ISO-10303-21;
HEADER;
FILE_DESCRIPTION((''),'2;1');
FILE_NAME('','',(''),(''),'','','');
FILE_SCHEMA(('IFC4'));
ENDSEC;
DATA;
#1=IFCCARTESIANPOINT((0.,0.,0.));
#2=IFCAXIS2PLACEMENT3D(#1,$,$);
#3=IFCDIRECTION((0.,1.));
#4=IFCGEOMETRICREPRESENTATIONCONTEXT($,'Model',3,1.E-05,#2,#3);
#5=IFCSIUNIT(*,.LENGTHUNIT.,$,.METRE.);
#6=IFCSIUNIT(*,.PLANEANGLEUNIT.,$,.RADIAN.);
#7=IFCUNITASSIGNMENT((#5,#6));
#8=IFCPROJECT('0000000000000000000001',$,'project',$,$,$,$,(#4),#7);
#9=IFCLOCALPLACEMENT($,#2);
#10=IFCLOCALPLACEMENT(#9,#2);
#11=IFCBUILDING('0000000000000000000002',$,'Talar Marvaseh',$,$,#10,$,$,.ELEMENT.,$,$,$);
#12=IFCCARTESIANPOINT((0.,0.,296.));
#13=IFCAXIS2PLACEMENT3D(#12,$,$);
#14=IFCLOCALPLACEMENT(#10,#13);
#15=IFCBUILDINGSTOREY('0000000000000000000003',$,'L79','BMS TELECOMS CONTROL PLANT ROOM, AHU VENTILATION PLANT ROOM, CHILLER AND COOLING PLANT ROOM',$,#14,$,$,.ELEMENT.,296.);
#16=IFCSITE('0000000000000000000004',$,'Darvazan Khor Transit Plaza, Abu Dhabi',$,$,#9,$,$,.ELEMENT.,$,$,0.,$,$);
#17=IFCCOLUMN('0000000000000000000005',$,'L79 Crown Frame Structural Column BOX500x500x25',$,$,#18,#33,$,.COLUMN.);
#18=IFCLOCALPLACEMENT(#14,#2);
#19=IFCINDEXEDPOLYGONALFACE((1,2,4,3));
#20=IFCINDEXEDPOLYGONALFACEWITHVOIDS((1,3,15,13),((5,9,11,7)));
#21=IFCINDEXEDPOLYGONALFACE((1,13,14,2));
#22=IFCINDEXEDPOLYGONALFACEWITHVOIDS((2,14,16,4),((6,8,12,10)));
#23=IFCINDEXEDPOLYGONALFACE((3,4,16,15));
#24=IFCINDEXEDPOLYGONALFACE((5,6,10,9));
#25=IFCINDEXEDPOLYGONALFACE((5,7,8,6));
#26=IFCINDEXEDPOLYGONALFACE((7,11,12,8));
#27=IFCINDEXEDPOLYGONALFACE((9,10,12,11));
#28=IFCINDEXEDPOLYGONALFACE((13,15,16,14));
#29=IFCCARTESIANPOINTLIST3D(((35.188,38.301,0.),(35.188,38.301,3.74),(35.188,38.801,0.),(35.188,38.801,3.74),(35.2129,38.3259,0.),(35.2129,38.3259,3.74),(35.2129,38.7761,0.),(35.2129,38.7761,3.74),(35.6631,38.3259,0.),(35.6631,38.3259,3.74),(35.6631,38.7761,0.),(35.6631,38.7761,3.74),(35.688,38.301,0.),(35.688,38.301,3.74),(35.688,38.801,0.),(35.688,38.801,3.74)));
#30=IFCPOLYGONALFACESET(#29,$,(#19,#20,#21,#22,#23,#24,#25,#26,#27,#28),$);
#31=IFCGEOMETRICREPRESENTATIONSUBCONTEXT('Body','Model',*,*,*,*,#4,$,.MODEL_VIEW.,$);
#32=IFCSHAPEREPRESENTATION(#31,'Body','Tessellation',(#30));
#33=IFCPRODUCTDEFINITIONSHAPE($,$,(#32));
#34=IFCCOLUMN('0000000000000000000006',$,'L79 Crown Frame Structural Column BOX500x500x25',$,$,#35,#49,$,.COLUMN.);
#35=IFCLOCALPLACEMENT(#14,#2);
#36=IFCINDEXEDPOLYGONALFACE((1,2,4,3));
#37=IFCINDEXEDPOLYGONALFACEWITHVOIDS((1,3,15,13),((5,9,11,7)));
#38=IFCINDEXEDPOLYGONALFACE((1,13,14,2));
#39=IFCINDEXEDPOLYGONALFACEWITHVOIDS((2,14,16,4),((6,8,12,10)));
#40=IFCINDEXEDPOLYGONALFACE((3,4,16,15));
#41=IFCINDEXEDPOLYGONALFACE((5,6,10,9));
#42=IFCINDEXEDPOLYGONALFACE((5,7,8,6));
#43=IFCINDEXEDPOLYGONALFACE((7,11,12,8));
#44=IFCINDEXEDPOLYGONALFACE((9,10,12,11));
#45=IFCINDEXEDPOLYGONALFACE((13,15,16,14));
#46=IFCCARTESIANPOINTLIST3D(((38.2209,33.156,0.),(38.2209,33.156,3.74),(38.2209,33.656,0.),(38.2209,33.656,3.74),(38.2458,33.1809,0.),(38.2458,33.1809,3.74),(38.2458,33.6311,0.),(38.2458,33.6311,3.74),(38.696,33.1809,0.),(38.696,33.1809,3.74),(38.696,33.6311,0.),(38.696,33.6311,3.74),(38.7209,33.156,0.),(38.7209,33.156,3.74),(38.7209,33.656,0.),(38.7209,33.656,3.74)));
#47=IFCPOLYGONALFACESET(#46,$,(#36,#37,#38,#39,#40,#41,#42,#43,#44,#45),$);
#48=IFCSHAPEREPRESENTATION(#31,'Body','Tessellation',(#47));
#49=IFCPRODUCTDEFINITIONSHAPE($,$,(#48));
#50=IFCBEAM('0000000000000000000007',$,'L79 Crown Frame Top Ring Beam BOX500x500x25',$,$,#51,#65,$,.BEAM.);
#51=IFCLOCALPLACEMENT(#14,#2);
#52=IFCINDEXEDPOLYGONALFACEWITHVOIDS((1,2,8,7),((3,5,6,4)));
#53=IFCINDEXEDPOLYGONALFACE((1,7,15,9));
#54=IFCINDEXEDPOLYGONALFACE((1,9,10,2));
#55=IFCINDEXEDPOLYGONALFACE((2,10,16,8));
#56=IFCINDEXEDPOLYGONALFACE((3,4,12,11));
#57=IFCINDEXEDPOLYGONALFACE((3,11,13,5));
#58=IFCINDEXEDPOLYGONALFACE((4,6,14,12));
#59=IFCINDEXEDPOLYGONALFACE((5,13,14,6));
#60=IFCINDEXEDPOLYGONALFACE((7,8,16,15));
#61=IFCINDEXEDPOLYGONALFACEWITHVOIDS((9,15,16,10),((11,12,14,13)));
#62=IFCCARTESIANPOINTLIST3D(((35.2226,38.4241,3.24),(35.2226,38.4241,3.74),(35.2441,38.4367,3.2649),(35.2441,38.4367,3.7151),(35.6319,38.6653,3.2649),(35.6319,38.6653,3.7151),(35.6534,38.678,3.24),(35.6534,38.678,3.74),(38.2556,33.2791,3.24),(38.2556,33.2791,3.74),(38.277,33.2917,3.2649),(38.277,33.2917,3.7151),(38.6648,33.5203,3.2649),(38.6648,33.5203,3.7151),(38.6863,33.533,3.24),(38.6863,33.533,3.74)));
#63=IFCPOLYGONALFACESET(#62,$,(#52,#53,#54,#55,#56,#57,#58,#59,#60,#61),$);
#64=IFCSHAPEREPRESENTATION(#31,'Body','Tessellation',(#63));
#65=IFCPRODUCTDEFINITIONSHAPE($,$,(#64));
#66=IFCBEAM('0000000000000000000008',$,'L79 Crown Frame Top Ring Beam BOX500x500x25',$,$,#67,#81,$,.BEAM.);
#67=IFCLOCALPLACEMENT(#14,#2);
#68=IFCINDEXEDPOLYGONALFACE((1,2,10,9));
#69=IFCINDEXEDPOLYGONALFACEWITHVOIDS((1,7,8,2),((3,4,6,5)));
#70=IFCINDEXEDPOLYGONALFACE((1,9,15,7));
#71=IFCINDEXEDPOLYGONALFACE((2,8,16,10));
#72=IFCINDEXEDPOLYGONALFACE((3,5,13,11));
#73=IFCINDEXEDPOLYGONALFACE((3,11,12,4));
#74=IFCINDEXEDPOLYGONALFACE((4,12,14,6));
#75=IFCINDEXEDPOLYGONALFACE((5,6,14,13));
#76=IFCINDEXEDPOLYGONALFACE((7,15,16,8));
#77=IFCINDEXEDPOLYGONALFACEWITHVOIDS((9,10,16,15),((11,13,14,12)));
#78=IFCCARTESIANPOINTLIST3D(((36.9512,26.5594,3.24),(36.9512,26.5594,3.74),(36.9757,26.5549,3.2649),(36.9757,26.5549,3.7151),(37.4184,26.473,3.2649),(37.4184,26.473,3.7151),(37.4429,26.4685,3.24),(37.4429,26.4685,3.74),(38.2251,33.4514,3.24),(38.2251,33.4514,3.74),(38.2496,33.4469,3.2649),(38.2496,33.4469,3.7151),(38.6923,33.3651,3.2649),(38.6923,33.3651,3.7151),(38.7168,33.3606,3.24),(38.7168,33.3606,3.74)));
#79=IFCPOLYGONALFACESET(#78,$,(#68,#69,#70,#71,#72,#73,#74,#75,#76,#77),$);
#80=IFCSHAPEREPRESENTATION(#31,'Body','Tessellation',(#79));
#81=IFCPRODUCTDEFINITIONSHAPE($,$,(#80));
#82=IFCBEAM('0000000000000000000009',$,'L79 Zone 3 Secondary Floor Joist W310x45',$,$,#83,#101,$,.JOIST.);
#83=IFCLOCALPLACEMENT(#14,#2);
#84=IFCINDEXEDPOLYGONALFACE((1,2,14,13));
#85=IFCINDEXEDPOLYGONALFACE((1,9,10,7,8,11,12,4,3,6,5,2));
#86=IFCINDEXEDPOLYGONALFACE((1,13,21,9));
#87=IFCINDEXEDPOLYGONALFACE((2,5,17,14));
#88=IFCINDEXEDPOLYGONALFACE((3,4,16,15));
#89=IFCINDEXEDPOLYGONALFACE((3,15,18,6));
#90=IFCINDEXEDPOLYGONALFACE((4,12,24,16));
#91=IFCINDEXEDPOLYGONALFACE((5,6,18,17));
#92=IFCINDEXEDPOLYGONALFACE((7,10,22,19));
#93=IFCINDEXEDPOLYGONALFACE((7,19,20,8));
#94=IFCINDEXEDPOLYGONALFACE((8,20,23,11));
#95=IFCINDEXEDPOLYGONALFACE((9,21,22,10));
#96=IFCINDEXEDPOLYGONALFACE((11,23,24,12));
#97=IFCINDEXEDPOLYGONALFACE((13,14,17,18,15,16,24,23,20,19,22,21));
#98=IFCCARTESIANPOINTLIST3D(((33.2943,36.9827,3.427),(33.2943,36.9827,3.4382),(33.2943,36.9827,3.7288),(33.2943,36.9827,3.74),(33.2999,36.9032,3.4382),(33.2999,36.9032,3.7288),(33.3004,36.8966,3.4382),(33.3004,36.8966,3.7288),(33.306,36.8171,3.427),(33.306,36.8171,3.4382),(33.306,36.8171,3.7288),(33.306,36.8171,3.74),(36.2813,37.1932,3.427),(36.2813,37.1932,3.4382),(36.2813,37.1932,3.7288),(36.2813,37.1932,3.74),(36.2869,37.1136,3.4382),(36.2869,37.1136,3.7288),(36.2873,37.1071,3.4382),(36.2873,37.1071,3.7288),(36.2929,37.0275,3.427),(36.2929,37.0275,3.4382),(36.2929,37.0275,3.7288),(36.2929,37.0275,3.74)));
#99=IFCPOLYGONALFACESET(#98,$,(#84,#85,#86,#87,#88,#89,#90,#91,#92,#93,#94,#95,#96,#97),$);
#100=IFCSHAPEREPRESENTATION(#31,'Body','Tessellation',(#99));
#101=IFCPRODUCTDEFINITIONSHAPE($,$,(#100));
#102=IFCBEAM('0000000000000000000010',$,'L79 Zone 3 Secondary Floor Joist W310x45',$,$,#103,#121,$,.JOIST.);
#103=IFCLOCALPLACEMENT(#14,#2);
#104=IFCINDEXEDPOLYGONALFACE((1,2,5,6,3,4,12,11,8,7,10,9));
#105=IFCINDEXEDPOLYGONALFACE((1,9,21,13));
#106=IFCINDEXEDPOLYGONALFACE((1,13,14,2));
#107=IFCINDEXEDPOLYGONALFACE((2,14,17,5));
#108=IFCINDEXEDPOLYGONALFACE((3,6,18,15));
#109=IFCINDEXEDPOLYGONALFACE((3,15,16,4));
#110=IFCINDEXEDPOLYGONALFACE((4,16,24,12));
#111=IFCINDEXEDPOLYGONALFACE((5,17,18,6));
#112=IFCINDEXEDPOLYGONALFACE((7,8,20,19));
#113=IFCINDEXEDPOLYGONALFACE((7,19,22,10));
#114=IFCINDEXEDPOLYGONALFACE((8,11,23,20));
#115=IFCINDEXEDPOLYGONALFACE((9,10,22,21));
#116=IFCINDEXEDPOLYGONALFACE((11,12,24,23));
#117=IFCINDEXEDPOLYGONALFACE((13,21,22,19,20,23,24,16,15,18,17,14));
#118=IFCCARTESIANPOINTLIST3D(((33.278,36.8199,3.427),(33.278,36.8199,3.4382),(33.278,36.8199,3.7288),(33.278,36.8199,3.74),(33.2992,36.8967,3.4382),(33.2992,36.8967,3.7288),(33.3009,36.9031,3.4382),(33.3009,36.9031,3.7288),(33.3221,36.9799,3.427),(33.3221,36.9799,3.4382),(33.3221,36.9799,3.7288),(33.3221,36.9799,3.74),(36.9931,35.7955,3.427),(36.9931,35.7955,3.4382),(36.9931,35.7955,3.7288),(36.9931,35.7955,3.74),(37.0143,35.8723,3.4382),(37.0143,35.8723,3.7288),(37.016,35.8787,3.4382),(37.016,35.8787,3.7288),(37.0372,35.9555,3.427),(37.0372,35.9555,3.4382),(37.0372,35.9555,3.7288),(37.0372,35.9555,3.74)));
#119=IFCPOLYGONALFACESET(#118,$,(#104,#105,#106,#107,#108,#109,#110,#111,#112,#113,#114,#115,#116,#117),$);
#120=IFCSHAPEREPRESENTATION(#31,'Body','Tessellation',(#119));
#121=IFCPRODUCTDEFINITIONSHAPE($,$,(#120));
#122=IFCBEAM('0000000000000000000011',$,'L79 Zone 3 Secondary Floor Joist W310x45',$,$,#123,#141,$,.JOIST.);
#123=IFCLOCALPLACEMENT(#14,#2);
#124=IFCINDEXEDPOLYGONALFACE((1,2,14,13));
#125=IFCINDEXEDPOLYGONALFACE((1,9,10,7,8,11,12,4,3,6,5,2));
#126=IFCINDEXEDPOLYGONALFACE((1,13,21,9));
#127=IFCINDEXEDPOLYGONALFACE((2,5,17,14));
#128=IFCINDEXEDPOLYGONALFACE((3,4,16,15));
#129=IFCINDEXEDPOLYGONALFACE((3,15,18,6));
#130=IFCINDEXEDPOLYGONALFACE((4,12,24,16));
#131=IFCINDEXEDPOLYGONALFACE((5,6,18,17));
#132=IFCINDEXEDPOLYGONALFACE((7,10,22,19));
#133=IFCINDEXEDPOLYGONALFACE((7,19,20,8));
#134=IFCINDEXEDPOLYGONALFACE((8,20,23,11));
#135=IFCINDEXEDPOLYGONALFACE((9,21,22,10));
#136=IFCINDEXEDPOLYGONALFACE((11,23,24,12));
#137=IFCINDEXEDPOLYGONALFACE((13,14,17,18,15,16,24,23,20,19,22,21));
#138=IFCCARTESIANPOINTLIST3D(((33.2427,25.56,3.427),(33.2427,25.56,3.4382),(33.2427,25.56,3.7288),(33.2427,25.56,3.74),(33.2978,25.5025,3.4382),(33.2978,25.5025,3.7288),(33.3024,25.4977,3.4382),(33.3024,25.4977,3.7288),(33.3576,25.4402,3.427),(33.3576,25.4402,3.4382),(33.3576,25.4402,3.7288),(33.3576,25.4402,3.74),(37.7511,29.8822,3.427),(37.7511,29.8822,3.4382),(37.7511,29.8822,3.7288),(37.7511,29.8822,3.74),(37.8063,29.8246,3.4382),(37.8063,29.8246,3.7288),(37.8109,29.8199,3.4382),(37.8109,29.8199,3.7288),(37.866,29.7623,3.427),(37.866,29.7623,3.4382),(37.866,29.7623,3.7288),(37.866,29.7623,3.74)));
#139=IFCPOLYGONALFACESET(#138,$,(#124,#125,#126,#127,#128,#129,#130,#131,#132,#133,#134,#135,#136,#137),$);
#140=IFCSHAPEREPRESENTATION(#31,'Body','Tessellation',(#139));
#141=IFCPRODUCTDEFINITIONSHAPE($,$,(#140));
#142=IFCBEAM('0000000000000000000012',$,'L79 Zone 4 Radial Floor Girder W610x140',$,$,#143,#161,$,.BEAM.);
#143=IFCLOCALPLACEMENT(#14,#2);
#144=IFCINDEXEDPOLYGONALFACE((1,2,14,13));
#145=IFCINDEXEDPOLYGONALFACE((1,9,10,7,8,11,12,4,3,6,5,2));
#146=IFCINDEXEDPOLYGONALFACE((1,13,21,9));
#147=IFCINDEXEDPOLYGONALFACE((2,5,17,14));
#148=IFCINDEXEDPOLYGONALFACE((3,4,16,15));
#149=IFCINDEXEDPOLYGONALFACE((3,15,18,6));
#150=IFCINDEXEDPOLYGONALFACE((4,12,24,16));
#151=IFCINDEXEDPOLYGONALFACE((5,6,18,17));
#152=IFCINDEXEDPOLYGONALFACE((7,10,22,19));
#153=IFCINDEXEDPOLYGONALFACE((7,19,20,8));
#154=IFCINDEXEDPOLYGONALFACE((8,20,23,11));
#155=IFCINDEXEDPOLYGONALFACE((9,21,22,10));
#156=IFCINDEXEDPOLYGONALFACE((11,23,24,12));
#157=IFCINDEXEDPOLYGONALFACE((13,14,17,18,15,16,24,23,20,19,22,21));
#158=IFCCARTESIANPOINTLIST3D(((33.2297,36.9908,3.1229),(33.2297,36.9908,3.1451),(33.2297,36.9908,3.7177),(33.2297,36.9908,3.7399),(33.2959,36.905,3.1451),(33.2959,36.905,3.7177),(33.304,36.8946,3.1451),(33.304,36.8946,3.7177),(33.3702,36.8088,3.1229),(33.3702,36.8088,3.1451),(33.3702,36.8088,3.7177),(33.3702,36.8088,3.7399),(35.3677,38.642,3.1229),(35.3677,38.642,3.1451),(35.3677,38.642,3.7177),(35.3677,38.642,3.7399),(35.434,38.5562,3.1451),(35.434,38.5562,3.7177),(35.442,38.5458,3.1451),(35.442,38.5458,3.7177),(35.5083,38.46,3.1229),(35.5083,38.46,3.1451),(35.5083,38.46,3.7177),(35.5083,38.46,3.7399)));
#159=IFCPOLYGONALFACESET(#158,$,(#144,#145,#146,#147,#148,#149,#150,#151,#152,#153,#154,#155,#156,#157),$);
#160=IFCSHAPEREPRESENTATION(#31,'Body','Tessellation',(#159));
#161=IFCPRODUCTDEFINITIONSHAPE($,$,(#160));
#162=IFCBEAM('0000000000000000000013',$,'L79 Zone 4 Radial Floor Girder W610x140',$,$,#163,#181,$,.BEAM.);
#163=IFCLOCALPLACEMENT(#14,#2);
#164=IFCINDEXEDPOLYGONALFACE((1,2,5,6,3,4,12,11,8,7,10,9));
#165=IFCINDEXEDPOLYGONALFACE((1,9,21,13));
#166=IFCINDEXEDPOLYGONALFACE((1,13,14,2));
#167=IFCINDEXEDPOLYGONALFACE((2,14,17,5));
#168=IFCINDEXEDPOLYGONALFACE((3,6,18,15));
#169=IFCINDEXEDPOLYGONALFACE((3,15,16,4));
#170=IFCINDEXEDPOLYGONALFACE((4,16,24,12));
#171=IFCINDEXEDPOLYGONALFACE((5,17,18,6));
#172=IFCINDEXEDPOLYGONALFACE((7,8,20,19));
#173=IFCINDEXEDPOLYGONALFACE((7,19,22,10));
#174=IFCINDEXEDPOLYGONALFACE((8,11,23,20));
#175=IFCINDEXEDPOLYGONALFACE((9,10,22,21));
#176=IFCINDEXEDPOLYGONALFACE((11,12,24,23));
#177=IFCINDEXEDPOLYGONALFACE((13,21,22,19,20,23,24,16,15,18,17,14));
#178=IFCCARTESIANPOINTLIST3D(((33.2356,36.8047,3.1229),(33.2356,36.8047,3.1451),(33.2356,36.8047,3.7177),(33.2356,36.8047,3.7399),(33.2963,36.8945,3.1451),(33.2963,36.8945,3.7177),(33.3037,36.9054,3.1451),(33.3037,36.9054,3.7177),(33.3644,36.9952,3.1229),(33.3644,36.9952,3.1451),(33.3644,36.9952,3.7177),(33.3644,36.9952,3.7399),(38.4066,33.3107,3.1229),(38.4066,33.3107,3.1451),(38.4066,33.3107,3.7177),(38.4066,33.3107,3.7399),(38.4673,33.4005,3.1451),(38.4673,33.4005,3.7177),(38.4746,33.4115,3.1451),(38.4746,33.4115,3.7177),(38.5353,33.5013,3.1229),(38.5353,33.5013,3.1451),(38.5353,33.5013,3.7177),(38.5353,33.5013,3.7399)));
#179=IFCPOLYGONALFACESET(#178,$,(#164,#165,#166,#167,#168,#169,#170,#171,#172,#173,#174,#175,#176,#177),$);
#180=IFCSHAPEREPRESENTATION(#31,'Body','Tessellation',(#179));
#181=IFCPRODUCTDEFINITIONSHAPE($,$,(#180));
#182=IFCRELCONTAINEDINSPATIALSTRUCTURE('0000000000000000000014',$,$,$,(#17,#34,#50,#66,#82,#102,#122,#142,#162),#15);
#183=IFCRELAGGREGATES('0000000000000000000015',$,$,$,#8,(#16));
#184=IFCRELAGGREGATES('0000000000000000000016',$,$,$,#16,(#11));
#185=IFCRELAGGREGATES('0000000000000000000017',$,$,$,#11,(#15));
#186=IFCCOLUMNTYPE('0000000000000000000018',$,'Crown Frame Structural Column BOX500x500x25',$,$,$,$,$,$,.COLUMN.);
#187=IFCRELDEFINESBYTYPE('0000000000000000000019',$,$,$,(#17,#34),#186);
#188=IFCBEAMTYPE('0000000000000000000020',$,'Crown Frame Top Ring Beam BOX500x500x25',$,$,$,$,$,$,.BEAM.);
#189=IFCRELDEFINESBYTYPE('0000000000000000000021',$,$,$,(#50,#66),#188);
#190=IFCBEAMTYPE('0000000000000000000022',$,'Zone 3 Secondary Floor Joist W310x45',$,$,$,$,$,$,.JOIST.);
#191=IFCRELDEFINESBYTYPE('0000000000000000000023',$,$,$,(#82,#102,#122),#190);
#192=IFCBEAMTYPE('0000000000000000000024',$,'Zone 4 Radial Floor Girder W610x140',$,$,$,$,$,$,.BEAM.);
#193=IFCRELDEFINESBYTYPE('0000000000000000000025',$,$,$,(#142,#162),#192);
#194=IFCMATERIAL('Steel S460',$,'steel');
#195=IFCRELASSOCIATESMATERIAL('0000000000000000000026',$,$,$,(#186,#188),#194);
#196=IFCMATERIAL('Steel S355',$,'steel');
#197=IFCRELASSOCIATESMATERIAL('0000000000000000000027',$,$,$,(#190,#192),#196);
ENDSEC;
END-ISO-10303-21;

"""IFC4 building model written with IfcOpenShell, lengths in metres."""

from ifc_helpers import new_model, si_unit, direction, frame, origin, origin_2d, place, context, subcontext, project, spatial, hollow_rectangle, i_section, extrude, material, material_profile, profile_set, type_object, element, save


model = new_model("IFC4")

# Units and contexts
model_context = context("Model", 3, precision=1e-05, world=origin(), true_north=direction((0.0, 1.0)))
body_context = subcontext(model_context, "Body", "Model", "MODEL_VIEW")
ifc_project = project(units=[si_unit("LENGTHUNIT", "METRE"), si_unit("PLANEANGLEUNIT", "RADIAN")], contexts=[model_context])

# Site, building, storey
site_placement = place(None, origin())
site = spatial("IfcSite", under=ifc_project, at=site_placement, Name="Darvazan Khor Transit Plaza, Abu Dhabi", CompositionType="ELEMENT", RefElevation=0.0)
building_placement = place(site_placement, origin())
building = spatial("IfcBuilding", under=site, at=building_placement, Name="Talar Marvaseh", CompositionType="ELEMENT")
storey_placement = place(building_placement, frame((0.0, 0.0, 296.0)))
storey = spatial("IfcBuildingStorey", under=building, at=storey_placement, Name="L79", Description="BMS TELECOMS CONTROL PLANT ROOM, AHU VENTILATION PLANT ROOM, CHILLER AND COOLING PLANT ROOM", CompositionType="ELEMENT", Elevation=296.0)

# Columns
ifc_material_1 = material(Name="Steel S460", Category="steel")
ifc_material_profile_1 = material_profile(ifc_material_1, hollow_rectangle(XDim=0.5, YDim=0.5, WallThickness=0.0249, at=origin_2d()), Name="BOX500x500x25")
ifc_profile_set_1 = profile_set([ifc_material_profile_1], Name="Steel S460")
column_type = type_object("IfcColumnType", Name="Crown Frame Structural Column BOX500x500x25", PredefinedType="COLUMN", material=ifc_profile_set_1)
for number, where, z_axis, x_axis, name in (
    (1, (35.438, 38.551, 0.0), (0.0, 0.0, 1.0), (1.0, 0.0, 0.0), "L79 Crown Frame Structural Column BOX500x500x25"),
    (2, (38.4709, 33.406, 0.0), (0.0, 0.0, 1.0), (1.0, 0.0, 0.0), "L79 Crown Frame Structural Column BOX500x500x25"),
):
    element("IfcColumn", number, at=place(storey_placement, frame(where, z_axis=z_axis, x_axis=x_axis)), inside=storey, type_object=column_type, Name=name, PredefinedType="COLUMN", context=body_context, shape_type="SweptSolid", body=[
        extrude(hollow_rectangle(XDim=0.5, YDim=0.5, WallThickness=0.0249, at=origin_2d()), origin(), (0.0, 0.0, 1.0), 3.74),
    ])

# Beams
ifc_material_profile_2 = material_profile(ifc_material_1, hollow_rectangle(XDim=0.5, YDim=0.5, WallThickness=0.0249, at=origin_2d()), Name="BOX500x500x25")
ifc_profile_set_2 = profile_set([ifc_material_profile_2], Name="Steel S460")
beam_type_1 = type_object("IfcBeamType", Name="Crown Frame Top Ring Beam BOX500x500x25", PredefinedType="BEAM", material=ifc_profile_set_2)
beam_1_placement = place(storey_placement, frame((35.438, 38.551, 3.49), z_axis=(0.507826, -0.86146, 0.0), x_axis=(0.86146, 0.507826, 0.0)))
element("IfcBeam", 3, at=beam_1_placement, inside=storey, type_object=beam_type_1, Name="L79 Crown Frame Top Ring Beam BOX500x500x25", PredefinedType="BEAM", context=body_context, shape_type="SweptSolid", body=[
    extrude(hollow_rectangle(XDim=0.5, YDim=0.5, WallThickness=0.0249, at=origin_2d()), origin(), (0.0, 0.0, 1.0), 5.9724),
])
beam_2_placement = place(storey_placement, frame((38.4709, 33.406, 3.49), z_axis=(-0.18176, -0.983343, 0.0), x_axis=(0.983343, -0.18176, 0.0)))
element("IfcBeam", 4, at=beam_2_placement, inside=storey, type_object=beam_type_1, Name="L79 Crown Frame Top Ring Beam BOX500x500x25", PredefinedType="BEAM", context=body_context, shape_type="SweptSolid", body=[
    extrude(hollow_rectangle(XDim=0.5, YDim=0.5, WallThickness=0.0249, at=origin_2d()), origin(), (0.0, 0.0, 1.0), 7.0088),
])
ifc_material_2 = material(Name="Steel S355", Category="steel")
ifc_material_profile_3 = material_profile(ifc_material_2, i_section(OverallWidth=0.166, OverallDepth=0.313, WebThickness=0.0066, FlangeThickness=0.0112, at=origin_2d()), Name="W310x45")
ifc_profile_set_3 = profile_set([ifc_material_profile_3], Name="Steel S355")
beam_type_2 = type_object("IfcBeamType", Name="Zone 3 Secondary Floor Joist W310x45", PredefinedType="JOIST", material=ifc_profile_set_3)
beam_3_placement = place(storey_placement, frame((36.2871, 37.1104, 3.5835), z_axis=(-0.997527, -0.070279, 0.0), x_axis=(0.070279, -0.997527, 0.0)))
element("IfcBeam", 5, at=beam_3_placement, inside=storey, type_object=beam_type_2, Name="L79 Zone 3 Secondary Floor Joist W310x45", PredefinedType="JOIST", context=body_context, shape_type="SweptSolid", body=[
    extrude(i_section(OverallWidth=0.166, OverallDepth=0.313, WebThickness=0.0066, FlangeThickness=0.0112, at=origin_2d()), origin(), (0.0, 0.0, 1.0), 2.9944),
])
beam_4_placement = place(storey_placement, frame((37.0151, 35.8755, 3.5835), z_axis=(-0.964022, 0.265823, 0.0), x_axis=(-0.265823, -0.964022, 0.0)))
element("IfcBeam", 6, at=beam_4_placement, inside=storey, type_object=beam_type_2, Name="L79 Zone 3 Secondary Floor Joist W310x45", PredefinedType="JOIST", context=body_context, shape_type="SweptSolid", body=[
    extrude(i_section(OverallWidth=0.166, OverallDepth=0.313, WebThickness=0.0066, FlangeThickness=0.0112, at=origin_2d()), origin(), (0.0, 0.0, 1.0), 3.8538),
])
beam_5_placement = place(storey_placement, frame((37.8086, 29.8223, 3.5835), z_axis=(-0.721862, -0.692037, 0.0), x_axis=(0.692037, -0.721862, 0.0)))
element("IfcBeam", 7, at=beam_5_placement, inside=storey, type_object=beam_type_2, Name="L79 Zone 3 Secondary Floor Joist W310x45", PredefinedType="JOIST", context=body_context, shape_type="SweptSolid", body=[
    extrude(i_section(OverallWidth=0.166, OverallDepth=0.313, WebThickness=0.0066, FlangeThickness=0.0112, at=origin_2d()), origin(), (0.0, 0.0, 1.0), 6.2456),
])
ifc_material_profile_4 = material_profile(ifc_material_2, i_section(OverallWidth=0.23, OverallDepth=0.6169, WebThickness=0.0132, FlangeThickness=0.0222, at=origin_2d()), Name="W610x140")
ifc_profile_set_4 = profile_set([ifc_material_profile_4], Name="Steel S355")
beam_type_3 = type_object("IfcBeamType", Name="Zone 4 Radial Floor Girder W610x140", PredefinedType="BEAM", material=ifc_profile_set_4)
beam_6_placement = place(storey_placement, frame((35.438, 38.551, 3.4314), z_axis=(-0.79145, -0.611234, 0.0), x_axis=(0.611234, -0.79145, 0.0)))
element("IfcBeam", 8, at=beam_6_placement, inside=storey, type_object=beam_type_3, Name="L79 Zone 4 Radial Floor Girder W610x140", PredefinedType="BEAM", context=body_context, shape_type="SweptSolid", body=[
    extrude(i_section(OverallWidth=0.23, OverallDepth=0.6169, WebThickness=0.0132, FlangeThickness=0.0222, at=origin_2d()), origin(), (0.0, 0.0, 1.0), 2.7014),
])
beam_7_placement = place(storey_placement, frame((38.4709, 33.406, 3.4314), z_axis=(-0.828586, 0.559862, 0.0), x_axis=(-0.559862, -0.828586, 0.0)))
element("IfcBeam", 9, at=beam_7_placement, inside=storey, type_object=beam_type_3, Name="L79 Zone 4 Radial Floor Girder W610x140", PredefinedType="BEAM", context=body_context, shape_type="SweptSolid", body=[
    extrude(i_section(OverallWidth=0.23, OverallDepth=0.6169, WebThickness=0.0132, FlangeThickness=0.0222, at=origin_2d()), origin(), (0.0, 0.0, 1.0), 6.2407),
])

save(model, "model.ifc")
